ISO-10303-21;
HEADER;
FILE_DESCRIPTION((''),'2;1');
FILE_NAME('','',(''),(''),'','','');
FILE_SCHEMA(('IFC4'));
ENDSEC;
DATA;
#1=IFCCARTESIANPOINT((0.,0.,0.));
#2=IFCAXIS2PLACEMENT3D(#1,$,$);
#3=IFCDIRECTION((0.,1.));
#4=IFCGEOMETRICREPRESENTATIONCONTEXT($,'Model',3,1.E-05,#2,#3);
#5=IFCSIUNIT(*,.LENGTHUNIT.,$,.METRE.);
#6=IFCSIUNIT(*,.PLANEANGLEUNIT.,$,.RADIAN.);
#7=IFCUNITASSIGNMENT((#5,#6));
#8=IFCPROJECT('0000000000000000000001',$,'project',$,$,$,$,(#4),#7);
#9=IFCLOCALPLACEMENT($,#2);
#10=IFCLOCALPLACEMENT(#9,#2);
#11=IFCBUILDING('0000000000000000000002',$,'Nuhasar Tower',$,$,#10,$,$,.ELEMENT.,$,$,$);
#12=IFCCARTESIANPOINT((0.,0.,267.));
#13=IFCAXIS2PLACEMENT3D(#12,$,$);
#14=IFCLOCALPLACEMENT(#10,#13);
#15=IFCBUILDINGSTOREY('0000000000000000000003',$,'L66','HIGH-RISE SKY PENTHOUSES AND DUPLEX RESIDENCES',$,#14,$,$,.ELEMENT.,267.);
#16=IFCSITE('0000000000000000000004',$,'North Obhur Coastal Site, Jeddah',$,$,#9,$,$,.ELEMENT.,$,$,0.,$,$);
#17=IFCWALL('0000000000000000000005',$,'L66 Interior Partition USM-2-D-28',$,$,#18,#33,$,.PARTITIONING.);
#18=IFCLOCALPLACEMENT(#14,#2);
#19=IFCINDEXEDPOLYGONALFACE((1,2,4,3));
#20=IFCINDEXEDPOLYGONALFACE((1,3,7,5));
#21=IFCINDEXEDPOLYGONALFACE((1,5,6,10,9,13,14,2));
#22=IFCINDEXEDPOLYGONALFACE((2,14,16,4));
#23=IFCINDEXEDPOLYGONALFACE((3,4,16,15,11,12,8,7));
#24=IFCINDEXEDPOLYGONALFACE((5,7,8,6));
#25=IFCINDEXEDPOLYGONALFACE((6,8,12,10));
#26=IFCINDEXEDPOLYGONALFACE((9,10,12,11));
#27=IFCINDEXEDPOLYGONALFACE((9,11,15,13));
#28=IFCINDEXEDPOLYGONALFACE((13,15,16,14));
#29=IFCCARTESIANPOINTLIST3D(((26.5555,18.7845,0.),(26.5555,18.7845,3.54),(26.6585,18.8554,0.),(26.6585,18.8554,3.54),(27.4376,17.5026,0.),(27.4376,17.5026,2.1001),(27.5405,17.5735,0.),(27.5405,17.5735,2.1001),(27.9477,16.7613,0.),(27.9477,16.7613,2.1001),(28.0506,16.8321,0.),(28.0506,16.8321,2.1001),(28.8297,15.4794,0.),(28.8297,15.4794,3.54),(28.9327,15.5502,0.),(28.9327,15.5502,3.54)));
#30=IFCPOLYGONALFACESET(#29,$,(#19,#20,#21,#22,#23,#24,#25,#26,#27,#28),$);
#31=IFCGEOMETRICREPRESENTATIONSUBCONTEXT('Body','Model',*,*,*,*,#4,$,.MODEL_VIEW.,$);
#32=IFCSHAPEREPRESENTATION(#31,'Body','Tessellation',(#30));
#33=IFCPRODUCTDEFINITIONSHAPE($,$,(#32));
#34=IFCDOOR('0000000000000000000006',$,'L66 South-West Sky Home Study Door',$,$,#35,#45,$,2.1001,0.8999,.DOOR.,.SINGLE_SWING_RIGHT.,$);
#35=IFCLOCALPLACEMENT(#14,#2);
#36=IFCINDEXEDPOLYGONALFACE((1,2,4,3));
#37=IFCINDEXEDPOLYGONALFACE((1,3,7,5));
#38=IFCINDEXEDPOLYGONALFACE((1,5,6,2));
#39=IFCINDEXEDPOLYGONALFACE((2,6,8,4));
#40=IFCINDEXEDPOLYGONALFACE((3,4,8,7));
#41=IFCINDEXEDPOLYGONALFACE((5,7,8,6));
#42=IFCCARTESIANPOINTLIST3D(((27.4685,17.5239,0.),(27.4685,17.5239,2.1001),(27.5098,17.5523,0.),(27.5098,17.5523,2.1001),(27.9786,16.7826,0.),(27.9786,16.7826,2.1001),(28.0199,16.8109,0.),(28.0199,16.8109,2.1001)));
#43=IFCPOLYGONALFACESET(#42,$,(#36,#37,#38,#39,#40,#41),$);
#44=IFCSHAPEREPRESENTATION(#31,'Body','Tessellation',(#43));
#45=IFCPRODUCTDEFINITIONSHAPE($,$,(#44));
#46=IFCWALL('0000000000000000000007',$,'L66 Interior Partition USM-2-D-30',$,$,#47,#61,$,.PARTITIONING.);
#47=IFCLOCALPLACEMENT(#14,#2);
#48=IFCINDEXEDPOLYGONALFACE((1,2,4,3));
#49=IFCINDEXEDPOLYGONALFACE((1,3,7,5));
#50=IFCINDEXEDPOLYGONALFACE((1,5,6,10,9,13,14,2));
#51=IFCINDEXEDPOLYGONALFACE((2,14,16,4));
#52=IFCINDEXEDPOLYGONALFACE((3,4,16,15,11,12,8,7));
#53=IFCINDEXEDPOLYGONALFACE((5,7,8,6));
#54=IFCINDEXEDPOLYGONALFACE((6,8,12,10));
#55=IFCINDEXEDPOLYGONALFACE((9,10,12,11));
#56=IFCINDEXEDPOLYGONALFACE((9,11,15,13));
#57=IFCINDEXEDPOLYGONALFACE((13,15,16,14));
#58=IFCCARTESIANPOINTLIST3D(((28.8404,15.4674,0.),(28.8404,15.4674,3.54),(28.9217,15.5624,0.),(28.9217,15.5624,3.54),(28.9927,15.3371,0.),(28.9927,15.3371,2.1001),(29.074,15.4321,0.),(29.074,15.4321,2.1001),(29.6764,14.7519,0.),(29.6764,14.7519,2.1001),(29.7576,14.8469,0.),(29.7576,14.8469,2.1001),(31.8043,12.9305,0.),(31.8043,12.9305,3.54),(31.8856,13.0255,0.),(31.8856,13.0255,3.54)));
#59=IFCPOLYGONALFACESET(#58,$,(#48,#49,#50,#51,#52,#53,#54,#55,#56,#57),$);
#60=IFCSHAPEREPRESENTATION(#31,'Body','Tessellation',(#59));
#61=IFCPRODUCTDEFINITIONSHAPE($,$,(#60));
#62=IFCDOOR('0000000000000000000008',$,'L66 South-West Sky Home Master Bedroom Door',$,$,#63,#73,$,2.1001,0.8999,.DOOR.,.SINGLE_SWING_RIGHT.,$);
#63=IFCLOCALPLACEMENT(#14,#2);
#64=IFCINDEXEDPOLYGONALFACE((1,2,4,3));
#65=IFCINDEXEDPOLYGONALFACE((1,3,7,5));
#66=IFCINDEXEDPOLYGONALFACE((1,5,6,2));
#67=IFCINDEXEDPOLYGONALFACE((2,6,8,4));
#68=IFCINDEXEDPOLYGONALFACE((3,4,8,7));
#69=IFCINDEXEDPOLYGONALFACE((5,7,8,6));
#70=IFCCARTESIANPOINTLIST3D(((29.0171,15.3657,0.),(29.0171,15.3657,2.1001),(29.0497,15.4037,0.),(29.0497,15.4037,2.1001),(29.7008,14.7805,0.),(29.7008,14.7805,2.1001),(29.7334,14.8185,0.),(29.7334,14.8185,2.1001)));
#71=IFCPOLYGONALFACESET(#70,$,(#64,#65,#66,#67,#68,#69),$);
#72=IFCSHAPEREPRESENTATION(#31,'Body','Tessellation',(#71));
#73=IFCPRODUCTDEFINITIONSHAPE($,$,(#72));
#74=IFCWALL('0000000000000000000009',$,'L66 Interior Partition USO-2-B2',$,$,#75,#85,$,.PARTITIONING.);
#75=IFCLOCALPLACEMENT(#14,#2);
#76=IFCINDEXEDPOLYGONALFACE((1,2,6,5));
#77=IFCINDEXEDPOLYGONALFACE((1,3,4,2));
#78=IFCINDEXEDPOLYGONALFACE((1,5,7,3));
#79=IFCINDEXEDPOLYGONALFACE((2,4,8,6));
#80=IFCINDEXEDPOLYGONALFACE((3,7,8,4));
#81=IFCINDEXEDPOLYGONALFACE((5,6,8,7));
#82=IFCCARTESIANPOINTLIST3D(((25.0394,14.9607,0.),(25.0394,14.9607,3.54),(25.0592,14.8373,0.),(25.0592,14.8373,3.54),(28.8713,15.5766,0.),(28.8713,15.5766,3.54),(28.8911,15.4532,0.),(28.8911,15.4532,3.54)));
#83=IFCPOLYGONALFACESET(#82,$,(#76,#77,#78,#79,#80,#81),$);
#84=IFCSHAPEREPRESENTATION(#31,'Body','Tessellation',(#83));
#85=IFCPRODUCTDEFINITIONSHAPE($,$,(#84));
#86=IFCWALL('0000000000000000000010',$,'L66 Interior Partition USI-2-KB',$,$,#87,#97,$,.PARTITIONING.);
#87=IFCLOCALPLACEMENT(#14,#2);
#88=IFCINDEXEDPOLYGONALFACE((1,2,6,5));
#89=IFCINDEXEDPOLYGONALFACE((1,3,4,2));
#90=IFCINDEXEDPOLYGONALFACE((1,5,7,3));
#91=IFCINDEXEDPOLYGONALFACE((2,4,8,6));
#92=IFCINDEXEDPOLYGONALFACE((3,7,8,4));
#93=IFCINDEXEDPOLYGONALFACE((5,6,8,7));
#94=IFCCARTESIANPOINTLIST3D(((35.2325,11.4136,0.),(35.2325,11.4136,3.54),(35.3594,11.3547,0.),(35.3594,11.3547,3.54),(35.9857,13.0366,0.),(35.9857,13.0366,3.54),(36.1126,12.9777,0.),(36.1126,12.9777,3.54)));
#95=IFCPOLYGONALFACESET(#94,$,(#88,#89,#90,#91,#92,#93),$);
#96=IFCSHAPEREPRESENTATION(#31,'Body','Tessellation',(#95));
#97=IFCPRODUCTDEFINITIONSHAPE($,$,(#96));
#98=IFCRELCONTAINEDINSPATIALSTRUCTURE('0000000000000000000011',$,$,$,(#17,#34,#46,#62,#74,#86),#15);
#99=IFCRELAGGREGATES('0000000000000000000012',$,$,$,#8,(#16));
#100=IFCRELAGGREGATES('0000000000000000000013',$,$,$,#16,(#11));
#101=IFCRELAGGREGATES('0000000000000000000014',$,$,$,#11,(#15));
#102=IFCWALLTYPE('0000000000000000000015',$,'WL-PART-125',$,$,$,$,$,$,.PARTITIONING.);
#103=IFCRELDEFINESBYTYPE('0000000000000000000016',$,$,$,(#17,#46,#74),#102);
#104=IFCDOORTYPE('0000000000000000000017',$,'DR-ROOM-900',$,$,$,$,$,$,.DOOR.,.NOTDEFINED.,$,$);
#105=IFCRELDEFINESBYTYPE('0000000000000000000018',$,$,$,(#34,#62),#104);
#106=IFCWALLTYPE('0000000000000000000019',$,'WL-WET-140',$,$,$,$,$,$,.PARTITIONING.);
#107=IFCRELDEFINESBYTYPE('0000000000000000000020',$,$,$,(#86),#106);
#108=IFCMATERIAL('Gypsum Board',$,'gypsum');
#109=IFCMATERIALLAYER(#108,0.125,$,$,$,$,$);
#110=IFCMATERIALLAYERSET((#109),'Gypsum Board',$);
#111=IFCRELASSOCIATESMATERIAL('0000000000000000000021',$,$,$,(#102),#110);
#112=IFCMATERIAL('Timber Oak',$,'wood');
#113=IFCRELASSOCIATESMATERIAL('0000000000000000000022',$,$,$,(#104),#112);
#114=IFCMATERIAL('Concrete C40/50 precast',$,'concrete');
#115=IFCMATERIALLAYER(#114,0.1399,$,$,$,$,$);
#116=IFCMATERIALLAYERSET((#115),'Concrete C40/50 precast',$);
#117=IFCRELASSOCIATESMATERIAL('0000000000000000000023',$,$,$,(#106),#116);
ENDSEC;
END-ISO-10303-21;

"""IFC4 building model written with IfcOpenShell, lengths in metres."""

from ifc_helpers import new_model, si_unit, direction, frame, frame_2d, origin, place, context, subcontext, project, spatial, rectangle, extrude, material, layer, layer_set, type_object, element, fill, save


model = new_model("IFC4")

# Units and contexts
model_context = context("Model", 3, precision=1e-05, world=origin(), true_north=direction((0.0, 1.0)))
body_context = subcontext(model_context, "Body", "Model", "MODEL_VIEW")
ifc_project = project(units=[si_unit("LENGTHUNIT", "METRE"), si_unit("PLANEANGLEUNIT", "RADIAN")], contexts=[model_context])

# Site, building, storey
site_placement = place(None, origin())
site = spatial("IfcSite", under=ifc_project, at=site_placement, Name="North Obhur Coastal Site, Jeddah", CompositionType="ELEMENT", RefElevation=0.0)
building_placement = place(site_placement, origin())
building = spatial("IfcBuilding", under=site, at=building_placement, Name="Nuhasar Tower", CompositionType="ELEMENT")
storey_placement = place(building_placement, frame((0.0, 0.0, 267.0)))
storey = spatial("IfcBuildingStorey", under=building, at=storey_placement, Name="L66", Description="HIGH-RISE SKY PENTHOUSES AND DUPLEX RESIDENCES", CompositionType="ELEMENT", Elevation=267.0)

# Shared definitions
ifc_material_1 = material(Name="Gypsum Board", Category="gypsum")

# Shared definitions
ifc_layer_1 = layer(ifc_material_1, 0.125)
ifc_layer_set_1 = layer_set([ifc_layer_1], Name="Gypsum Board")
wall_type_1 = type_object("IfcWallType", Name="WL-PART-125", PredefinedType="PARTITIONING", material=ifc_layer_set_1)
ifc_material_2 = material(Name="Timber Oak", Category="wood")
door_type = type_object("IfcDoorType", Name="DR-ROOM-900", OperationType="NOTDEFINED", PredefinedType="DOOR", material=ifc_material_2)

# Walls, openings, doors
wall_1_placement = place(storey_placement, frame((28.8811, 15.5149, 0.0), z_axis=(0.0, 0.0, 1.0), x_axis=(-0.566844, 0.823825, 0.0)))
wall_1 = element("IfcWall", 1, at=wall_1_placement, inside=storey, type_object=wall_type_1, Name="L66 Interior Partition USM-2-D-28", PredefinedType="PARTITIONING", context=body_context, shape_type="SweptSolid", body=[
    extrude(rectangle(XDim=4.012, YDim=0.125, at=frame_2d((2.0059, 0.0))), origin(), (0.0, 0.0, 1.0), 3.54),
])
opening_1_placement = place(wall_1_placement, frame((1.5559, 0.0, 0.0)))
opening_1 = element("IfcOpeningElement", 2, at=opening_1_placement, cuts=wall_1, PredefinedType="OPENING", context=body_context, shape_type="SweptSolid", body=[
    extrude(rectangle(XDim=0.8999, YDim=2.1001, at=frame_2d((0.45, 1.05))), frame((0.0, 0.0725, 0.0), z_axis=(0.0, -1.0, 0.0), x_axis=(1.0, 0.0, 0.0)), (0.0, 0.0, 1.0), 0.145),
])
door_1_placement = place(opening_1_placement, origin())
door_1 = element("IfcDoor", 3, at=door_1_placement, inside=storey, type_object=door_type, Name="L66 South-West Sky Home Study Door", OperationType="SINGLE_SWING_RIGHT", OverallHeight=2.1001, OverallWidth=0.8999, PredefinedType="DOOR", context=body_context, shape_type="SweptSolid", body=[
    extrude(rectangle(XDim=0.8999, YDim=2.1001, at=frame_2d((0.45, 1.05))), frame((0.0, 0.0249, 0.0), z_axis=(0.0, -1.0, 0.0), x_axis=(1.0, 0.0, 0.0)), (0.0, 0.0, 1.0), 0.05),
])
fill(opening_1, door_1)
wall_2_placement = place(storey_placement, frame((31.845, 12.978, 0.0), z_axis=(0.0, 0.0, 1.0), x_axis=(-0.759711, 0.65026, 0.0)))
wall_2 = element("IfcWall", 4, at=wall_2_placement, inside=storey, type_object=wall_type_1, Name="L66 Interior Partition USM-2-D-30", PredefinedType="PARTITIONING", context=body_context, shape_type="SweptSolid", body=[
    extrude(rectangle(XDim=3.9014, YDim=0.125, at=frame_2d((1.9507, 0.0))), origin(), (0.0, 0.0, 1.0), 3.54),
])
opening_2_placement = place(wall_2_placement, frame((2.801, 0.0, 0.0)))
opening_2 = element("IfcOpeningElement", 5, at=opening_2_placement, cuts=wall_2, PredefinedType="OPENING", context=body_context, shape_type="SweptSolid", body=[
    extrude(rectangle(XDim=0.8999, YDim=2.1001, at=frame_2d((0.45, 1.05))), frame((0.0, 0.0725, 0.0), z_axis=(0.0, -1.0, 0.0), x_axis=(1.0, 0.0, 0.0)), (0.0, 0.0, 1.0), 0.145),
])
door_2_placement = place(opening_2_placement, origin())
door_2 = element("IfcDoor", 6, at=door_2_placement, inside=storey, type_object=door_type, Name="L66 South-West Sky Home Master Bedroom Door", OperationType="SINGLE_SWING_RIGHT", OverallHeight=2.1001, OverallWidth=0.8999, PredefinedType="DOOR", context=body_context, shape_type="SweptSolid", body=[
    extrude(rectangle(XDim=0.8999, YDim=2.1001, at=frame_2d((0.45, 1.05))), frame((0.0, 0.0249, 0.0), z_axis=(0.0, -1.0, 0.0), x_axis=(1.0, 0.0, 0.0)), (0.0, 0.0, 1.0), 0.05),
])
fill(opening_2, door_2)

# Walls
wall_3_placement = place(storey_placement, frame((28.8811, 15.5149, 0.0), z_axis=(0.0, 0.0, 1.0), x_axis=(-0.987326, -0.158704, 0.0)))
element("IfcWall", 7, at=wall_3_placement, inside=storey, type_object=wall_type_1, Name="L66 Interior Partition USO-2-B2", PredefinedType="PARTITIONING", context=body_context, shape_type="SweptSolid", body=[
    extrude(rectangle(XDim=3.8811, YDim=0.125, at=frame_2d((1.9404, 0.0))), origin(), (0.0, 0.0, 1.0), 3.54),
])
ifc_material_3 = material(Name="Concrete C40/50 precast", Category="concrete")
ifc_layer_2 = layer(ifc_material_3, 0.1399)
ifc_layer_set_2 = layer_set([ifc_layer_2], Name="Concrete C40/50 precast")
wall_type_2 = type_object("IfcWallType", Name="WL-WET-140", PredefinedType="PARTITIONING", material=ifc_layer_set_2)
wall_4_placement = place(storey_placement, frame((36.0491, 13.0071, 0.0), z_axis=(0.0, 0.0, 1.0), x_axis=(-0.420935, -0.907091, 0.0)))
element("IfcWall", 8, at=wall_4_placement, inside=storey, type_object=wall_type_2, Name="L66 Interior Partition USI-2-KB", PredefinedType="PARTITIONING", context=body_context, shape_type="SweptSolid", body=[
    extrude(rectangle(XDim=1.7893, YDim=0.1399, at=frame_2d((0.8945, 0.0))), origin(), (0.0, 0.0, 1.0), 3.54),
])

save(model, "model.ifc")
